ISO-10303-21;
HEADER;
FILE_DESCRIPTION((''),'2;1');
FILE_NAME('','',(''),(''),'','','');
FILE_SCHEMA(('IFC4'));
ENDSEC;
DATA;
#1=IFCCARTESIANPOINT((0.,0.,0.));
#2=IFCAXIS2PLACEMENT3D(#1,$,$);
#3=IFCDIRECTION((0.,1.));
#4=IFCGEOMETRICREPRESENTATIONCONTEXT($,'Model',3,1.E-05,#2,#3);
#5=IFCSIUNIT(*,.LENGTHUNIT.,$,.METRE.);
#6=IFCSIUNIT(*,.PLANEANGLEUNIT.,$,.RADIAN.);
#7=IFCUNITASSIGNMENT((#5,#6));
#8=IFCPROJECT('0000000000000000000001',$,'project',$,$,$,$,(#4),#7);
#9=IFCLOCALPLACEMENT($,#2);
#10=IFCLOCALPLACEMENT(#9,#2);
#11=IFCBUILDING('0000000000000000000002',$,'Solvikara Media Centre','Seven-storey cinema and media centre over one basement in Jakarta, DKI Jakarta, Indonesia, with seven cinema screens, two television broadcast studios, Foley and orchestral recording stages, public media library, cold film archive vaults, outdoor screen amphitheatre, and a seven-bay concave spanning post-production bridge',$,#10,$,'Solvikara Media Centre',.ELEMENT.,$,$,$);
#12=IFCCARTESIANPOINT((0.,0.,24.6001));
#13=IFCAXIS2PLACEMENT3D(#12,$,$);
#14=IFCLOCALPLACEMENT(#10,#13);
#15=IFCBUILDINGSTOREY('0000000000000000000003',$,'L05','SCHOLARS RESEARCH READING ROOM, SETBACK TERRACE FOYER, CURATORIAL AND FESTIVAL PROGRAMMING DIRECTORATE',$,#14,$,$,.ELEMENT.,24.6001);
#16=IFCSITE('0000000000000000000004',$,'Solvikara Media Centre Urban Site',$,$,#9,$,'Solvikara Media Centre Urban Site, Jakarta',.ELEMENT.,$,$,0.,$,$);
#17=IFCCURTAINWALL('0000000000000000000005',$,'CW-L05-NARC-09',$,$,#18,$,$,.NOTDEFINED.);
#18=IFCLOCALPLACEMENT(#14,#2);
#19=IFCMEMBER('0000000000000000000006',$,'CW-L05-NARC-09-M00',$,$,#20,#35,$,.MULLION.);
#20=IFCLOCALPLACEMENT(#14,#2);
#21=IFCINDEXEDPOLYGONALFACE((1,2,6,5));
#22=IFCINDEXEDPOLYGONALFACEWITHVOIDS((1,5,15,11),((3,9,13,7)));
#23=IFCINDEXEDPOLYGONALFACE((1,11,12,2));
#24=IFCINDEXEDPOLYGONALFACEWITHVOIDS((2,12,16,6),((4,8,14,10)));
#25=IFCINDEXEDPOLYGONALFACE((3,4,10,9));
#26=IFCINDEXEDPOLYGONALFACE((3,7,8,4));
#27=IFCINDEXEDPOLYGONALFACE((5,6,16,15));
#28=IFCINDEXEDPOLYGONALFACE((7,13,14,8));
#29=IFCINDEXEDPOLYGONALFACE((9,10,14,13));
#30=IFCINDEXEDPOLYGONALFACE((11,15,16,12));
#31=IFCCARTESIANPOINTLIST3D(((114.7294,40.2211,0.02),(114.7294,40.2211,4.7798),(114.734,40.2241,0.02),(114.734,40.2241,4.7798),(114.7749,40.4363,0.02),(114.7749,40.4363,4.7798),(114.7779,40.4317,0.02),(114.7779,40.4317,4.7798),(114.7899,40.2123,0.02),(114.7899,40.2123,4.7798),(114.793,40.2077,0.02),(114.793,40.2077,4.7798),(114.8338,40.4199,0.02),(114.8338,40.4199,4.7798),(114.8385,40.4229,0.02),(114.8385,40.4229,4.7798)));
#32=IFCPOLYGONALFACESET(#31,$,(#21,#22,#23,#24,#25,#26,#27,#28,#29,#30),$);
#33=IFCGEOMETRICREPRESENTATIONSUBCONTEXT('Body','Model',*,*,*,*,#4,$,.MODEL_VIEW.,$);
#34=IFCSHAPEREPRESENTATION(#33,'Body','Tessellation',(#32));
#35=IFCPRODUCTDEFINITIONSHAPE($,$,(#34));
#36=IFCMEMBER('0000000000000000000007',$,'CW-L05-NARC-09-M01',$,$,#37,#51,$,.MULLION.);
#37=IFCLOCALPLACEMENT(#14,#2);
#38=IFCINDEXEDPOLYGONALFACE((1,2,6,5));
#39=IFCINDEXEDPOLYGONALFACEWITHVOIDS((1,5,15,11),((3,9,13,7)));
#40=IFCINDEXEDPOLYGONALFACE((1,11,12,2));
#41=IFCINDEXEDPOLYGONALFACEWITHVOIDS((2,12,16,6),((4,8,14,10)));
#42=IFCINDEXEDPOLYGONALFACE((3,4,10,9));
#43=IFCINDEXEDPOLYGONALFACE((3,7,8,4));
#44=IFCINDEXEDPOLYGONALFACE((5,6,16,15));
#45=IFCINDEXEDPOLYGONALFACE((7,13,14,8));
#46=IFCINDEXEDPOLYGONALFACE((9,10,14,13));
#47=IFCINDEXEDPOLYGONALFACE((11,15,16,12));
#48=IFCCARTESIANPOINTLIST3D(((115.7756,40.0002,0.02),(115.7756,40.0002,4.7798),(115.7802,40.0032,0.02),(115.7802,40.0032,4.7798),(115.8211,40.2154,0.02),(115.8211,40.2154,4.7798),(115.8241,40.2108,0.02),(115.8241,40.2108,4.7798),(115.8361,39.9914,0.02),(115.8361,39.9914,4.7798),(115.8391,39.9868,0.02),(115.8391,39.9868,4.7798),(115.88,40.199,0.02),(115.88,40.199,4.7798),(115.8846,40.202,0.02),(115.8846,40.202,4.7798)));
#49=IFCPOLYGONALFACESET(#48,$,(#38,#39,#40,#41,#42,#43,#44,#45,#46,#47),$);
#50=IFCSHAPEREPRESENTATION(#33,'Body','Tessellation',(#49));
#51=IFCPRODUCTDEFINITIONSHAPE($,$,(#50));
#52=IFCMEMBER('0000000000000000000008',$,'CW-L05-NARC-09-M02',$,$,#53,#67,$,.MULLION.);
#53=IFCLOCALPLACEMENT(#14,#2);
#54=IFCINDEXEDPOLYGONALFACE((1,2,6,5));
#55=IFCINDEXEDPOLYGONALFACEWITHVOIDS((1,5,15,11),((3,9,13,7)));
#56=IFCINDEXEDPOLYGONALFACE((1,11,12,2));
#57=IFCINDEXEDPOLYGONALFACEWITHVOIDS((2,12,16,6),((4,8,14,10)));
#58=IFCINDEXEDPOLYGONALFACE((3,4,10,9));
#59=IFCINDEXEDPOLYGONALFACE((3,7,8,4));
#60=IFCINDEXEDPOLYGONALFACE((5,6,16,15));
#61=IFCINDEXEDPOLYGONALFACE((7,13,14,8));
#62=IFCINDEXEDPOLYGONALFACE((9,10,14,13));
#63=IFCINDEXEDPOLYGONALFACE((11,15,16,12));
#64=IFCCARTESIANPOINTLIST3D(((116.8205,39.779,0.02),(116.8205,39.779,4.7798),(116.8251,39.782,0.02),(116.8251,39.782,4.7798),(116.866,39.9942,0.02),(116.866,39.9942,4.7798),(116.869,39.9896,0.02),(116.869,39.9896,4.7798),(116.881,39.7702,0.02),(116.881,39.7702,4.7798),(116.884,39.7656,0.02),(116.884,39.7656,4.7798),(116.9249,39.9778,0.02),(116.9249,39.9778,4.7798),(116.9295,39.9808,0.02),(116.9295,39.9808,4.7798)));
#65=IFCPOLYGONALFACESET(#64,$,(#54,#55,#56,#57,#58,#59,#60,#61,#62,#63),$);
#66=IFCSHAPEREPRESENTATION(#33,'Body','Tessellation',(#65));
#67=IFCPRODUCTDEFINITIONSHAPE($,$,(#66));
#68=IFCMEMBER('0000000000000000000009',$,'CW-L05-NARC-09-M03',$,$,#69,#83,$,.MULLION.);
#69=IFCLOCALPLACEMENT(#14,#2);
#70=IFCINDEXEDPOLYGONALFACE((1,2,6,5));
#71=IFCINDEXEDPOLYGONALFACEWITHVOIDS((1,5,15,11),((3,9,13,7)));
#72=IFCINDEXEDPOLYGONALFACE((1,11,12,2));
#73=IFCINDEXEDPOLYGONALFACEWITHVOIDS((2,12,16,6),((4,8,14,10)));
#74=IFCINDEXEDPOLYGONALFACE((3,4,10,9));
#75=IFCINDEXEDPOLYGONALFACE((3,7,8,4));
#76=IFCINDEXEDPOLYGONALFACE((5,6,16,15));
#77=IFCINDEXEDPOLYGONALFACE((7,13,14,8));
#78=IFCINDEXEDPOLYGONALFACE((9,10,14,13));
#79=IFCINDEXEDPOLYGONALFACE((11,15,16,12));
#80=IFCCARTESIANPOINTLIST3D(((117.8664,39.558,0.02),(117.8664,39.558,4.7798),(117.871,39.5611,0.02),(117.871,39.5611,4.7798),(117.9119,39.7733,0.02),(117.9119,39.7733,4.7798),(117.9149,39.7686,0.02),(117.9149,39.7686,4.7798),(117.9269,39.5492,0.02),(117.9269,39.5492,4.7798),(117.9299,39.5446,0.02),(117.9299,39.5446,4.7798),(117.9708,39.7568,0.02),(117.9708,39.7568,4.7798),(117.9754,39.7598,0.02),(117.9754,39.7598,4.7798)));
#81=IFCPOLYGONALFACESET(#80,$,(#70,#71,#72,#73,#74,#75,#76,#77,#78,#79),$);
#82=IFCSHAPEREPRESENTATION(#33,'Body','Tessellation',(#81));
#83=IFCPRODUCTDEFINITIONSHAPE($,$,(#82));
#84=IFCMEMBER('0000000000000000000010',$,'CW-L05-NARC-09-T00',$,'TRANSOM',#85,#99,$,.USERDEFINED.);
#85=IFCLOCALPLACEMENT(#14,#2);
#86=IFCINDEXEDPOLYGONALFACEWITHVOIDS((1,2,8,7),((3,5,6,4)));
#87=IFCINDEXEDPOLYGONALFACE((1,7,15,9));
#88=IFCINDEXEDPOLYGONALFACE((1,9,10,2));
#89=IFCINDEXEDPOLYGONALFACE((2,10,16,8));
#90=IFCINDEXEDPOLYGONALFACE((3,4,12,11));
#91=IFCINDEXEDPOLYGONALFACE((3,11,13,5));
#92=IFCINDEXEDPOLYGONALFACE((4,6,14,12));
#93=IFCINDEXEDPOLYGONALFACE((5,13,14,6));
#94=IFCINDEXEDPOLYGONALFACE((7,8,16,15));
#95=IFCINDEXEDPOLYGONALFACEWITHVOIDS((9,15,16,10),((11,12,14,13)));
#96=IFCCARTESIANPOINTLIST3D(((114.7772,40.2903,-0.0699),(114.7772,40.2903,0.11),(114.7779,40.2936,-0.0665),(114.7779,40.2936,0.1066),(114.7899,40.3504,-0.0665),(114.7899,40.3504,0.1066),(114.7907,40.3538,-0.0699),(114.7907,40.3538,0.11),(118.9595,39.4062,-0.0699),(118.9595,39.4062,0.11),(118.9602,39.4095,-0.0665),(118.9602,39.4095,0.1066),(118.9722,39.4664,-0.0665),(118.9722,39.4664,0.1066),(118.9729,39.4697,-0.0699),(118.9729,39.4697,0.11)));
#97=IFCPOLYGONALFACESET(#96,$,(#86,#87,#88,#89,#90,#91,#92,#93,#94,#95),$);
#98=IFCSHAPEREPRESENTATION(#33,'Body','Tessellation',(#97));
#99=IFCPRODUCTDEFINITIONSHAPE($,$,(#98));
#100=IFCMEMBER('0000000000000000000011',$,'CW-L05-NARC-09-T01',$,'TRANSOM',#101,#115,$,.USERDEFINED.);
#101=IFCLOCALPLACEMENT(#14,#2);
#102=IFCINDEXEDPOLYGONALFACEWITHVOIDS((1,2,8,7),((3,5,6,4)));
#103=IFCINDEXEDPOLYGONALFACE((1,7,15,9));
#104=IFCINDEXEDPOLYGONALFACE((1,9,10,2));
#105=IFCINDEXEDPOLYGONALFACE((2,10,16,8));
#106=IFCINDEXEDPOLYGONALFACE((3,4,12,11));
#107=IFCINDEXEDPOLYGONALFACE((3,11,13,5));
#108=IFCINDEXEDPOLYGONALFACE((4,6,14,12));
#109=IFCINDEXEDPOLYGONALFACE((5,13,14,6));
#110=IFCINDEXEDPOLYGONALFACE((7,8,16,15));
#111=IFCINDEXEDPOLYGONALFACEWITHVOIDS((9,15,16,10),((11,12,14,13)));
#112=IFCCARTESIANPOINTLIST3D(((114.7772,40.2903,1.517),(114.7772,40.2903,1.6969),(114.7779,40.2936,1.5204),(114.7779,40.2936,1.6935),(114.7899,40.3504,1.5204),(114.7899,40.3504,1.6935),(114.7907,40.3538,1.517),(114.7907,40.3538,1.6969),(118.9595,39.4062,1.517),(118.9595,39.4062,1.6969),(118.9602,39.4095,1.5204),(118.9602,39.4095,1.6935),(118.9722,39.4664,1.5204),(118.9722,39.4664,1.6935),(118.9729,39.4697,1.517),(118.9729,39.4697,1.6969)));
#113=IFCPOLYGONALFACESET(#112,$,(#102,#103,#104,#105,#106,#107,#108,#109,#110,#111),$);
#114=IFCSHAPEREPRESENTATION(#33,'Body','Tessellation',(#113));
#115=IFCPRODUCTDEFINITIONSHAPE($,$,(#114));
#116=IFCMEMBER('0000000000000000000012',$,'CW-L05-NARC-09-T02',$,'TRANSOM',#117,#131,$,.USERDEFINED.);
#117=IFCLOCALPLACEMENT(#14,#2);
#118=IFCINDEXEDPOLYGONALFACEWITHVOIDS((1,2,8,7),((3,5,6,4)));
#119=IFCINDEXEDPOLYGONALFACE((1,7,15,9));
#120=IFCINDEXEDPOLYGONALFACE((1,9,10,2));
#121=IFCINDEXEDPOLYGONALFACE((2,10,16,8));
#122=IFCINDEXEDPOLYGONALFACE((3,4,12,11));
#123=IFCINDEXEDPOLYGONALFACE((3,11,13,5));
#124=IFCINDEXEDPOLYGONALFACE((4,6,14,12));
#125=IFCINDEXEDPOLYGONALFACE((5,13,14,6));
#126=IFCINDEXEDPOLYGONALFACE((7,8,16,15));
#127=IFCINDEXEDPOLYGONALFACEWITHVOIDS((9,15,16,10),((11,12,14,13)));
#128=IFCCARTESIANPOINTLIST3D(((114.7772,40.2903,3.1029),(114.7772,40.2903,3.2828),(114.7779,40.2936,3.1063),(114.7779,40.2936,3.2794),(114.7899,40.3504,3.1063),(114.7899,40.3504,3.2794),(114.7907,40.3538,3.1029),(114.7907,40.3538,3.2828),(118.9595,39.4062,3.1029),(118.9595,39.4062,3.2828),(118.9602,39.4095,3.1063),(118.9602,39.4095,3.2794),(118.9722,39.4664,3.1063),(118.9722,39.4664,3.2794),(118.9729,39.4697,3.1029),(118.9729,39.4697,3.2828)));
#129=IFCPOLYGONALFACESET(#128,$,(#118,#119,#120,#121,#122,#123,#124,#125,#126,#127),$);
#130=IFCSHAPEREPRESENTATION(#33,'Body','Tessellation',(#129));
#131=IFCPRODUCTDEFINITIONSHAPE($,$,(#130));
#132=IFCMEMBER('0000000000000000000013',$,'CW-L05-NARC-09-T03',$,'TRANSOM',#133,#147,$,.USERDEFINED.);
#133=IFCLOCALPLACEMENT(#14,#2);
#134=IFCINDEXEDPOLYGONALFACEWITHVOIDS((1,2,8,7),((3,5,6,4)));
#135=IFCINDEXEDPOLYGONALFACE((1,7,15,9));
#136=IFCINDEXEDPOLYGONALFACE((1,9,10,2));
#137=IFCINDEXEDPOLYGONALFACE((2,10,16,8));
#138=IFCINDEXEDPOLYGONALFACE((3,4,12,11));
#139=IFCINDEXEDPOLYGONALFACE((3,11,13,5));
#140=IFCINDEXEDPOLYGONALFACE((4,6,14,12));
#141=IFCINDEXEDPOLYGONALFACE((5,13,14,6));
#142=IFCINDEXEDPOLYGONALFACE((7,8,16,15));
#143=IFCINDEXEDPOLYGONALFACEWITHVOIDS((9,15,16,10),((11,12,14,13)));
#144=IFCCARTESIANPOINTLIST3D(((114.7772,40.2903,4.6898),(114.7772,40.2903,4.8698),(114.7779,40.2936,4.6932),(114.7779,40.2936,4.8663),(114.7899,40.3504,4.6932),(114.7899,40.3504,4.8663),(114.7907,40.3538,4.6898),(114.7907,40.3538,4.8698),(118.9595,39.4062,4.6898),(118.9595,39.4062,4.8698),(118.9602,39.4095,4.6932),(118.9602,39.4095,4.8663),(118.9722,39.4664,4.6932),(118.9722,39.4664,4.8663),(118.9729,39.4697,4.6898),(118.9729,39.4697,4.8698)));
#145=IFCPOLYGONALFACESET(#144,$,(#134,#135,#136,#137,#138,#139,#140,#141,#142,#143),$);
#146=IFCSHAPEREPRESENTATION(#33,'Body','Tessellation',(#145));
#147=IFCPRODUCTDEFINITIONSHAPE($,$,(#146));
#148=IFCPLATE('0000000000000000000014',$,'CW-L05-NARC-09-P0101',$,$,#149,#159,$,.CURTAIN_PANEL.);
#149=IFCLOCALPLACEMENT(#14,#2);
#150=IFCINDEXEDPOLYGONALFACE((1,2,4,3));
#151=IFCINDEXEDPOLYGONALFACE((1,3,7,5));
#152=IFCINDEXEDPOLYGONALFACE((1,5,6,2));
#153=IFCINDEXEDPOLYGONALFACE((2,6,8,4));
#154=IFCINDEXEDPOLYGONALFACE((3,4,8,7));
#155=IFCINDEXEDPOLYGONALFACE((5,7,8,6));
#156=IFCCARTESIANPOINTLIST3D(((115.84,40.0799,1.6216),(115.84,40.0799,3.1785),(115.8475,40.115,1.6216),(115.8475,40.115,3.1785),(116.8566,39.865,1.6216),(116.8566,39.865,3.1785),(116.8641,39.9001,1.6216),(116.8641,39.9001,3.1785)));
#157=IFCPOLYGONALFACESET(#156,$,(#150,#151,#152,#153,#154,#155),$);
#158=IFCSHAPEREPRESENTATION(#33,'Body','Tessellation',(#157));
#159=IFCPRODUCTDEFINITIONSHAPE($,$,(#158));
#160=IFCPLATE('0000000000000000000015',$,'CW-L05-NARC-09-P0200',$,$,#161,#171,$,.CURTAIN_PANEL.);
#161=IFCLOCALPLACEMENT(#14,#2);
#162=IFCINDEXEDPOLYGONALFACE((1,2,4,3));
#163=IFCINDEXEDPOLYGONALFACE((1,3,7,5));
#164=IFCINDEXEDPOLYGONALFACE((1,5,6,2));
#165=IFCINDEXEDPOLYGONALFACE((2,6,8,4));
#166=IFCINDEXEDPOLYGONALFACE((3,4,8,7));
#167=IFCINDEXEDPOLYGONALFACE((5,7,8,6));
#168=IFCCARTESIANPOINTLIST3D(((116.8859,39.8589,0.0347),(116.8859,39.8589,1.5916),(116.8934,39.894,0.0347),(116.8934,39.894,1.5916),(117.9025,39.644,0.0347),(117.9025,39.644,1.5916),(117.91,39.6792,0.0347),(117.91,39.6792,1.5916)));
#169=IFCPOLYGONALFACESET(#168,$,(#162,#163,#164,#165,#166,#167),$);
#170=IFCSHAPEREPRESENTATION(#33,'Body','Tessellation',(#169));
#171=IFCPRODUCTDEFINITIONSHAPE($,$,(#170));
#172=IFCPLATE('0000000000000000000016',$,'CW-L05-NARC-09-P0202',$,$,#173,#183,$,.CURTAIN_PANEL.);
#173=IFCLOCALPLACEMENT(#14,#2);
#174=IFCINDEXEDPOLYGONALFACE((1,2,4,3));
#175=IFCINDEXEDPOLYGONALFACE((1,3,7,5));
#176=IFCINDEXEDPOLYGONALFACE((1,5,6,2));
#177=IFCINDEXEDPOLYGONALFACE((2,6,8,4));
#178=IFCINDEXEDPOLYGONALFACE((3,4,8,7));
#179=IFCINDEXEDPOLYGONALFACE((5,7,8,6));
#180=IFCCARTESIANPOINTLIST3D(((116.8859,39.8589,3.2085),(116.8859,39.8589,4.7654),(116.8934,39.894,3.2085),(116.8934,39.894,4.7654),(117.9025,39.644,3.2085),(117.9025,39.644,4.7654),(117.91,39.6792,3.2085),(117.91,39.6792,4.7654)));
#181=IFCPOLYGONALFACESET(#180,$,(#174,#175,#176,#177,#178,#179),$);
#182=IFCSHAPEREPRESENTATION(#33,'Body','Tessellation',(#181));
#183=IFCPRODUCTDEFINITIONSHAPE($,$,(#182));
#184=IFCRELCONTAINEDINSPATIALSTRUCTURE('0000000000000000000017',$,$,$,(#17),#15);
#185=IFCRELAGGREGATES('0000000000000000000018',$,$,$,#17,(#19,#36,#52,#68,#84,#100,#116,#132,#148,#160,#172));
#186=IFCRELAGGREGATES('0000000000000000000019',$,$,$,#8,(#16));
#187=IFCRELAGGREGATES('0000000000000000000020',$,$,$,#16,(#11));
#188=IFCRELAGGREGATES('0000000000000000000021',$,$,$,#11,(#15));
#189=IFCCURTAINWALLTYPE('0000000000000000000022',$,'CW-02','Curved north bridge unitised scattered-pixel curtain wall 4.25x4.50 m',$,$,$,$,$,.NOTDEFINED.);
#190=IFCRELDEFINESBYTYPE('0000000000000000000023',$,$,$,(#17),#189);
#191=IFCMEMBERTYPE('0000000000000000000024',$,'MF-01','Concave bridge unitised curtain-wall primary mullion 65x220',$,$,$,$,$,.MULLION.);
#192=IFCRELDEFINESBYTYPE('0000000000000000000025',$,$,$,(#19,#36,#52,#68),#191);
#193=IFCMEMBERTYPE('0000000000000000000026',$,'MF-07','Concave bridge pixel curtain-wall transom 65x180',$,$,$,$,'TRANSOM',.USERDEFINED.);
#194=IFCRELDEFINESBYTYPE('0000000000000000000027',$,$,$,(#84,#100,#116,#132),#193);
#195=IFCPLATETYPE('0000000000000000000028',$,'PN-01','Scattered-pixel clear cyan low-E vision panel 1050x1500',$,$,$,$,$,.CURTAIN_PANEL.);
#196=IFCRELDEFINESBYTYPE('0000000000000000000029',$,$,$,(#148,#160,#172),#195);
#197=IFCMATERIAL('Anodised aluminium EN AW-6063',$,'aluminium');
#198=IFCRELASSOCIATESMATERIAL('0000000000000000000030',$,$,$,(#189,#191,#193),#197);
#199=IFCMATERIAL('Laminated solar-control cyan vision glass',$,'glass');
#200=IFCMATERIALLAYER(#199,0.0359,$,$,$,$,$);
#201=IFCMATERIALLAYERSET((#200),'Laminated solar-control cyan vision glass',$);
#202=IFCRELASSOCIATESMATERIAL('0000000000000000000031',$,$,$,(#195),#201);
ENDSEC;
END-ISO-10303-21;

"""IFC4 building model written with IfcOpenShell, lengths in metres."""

from ifc_helpers import new_model, si_unit, direction, frame, origin, origin_2d, place, context, subcontext, project, spatial, rectangle, hollow_rectangle, extrude, material, layer, layer_set, material_profile, profile_set, type_object, element, aggregate, save


model = new_model("IFC4")

# Units and contexts
model_context = context("Model", 3, precision=1e-05, world=origin(), true_north=direction((0.0, 1.0)))
body_context = subcontext(model_context, "Body", "Model", "MODEL_VIEW")
ifc_project = project(units=[si_unit("LENGTHUNIT", "METRE"), si_unit("PLANEANGLEUNIT", "RADIAN")], contexts=[model_context])

# Site, building, storey
site_placement = place(None, origin())
site = spatial("IfcSite", under=ifc_project, at=site_placement, Name="Solvikara Media Centre Urban Site", LongName="Solvikara Media Centre Urban Site, Jakarta", CompositionType="ELEMENT", RefElevation=0.0)
building_placement = place(site_placement, origin())
building = spatial("IfcBuilding", under=site, at=building_placement, Name="Solvikara Media Centre", Description="Seven-storey cinema and media centre over one basement in Jakarta, DKI Jakarta, Indonesia, with seven cinema screens, two television broadcast studios, Foley and orchestral recording stages, public media library, cold film archive vaults, outdoor screen amphitheatre, and a seven-bay concave spanning post-production bridge", LongName="Solvikara Media Centre", CompositionType="ELEMENT")
storey_placement = place(building_placement, frame((0.0, 0.0, 24.6001)))
storey = spatial("IfcBuildingStorey", under=building, at=storey_placement, Name="L05", Description="SCHOLARS RESEARCH READING ROOM, SETBACK TERRACE FOYER, CURATORIAL AND FESTIVAL PROGRAMMING DIRECTORATE", CompositionType="ELEMENT", Elevation=24.6001)

# Curtain wall, members, plates
ifc_material_1 = material(Name="Anodised aluminium EN AW-6063", Category="aluminium")
curtain_wall_type = type_object("IfcCurtainWallType", Name="CW-02", Description="Curved north bridge unitised scattered-pixel curtain wall 4.25x4.50 m", PredefinedType="NOTDEFINED", material=ifc_material_1)
curtain_wall_placement = place(storey_placement, origin())
curtain_wall = element("IfcCurtainWall", 1, at=curtain_wall_placement, inside=storey, type_object=curtain_wall_type, Name="CW-L05-NARC-09", PredefinedType="NOTDEFINED")
ifc_material_profile_1 = material_profile(ifc_material_1, hollow_rectangle(XDim=0.0649, YDim=0.22, WallThickness=0.0039, at=origin_2d()), Name="ALU-M 65x220x4")
ifc_profile_set_1 = profile_set([ifc_material_profile_1], Name="Anodised aluminium EN AW-6063")
member_type_1 = type_object("IfcMemberType", Name="MF-01", Description="Concave bridge unitised curtain-wall primary mullion 65x220", PredefinedType="MULLION", material=ifc_profile_set_1)
member_1_placement = place(storey_placement, frame((114.7839, 40.322, 0.02), z_axis=(0.0, 0.0, 1.0), x_axis=(0.978379, -0.206819, 0.0)))
member_1 = element("IfcMember", 2, at=member_1_placement, type_object=member_type_1, Name="CW-L05-NARC-09-M00", PredefinedType="MULLION", context=body_context, shape_type="SweptSolid", body=[
    extrude(hollow_rectangle(XDim=0.0649, YDim=0.22, WallThickness=0.0039, at=origin_2d()), origin(), (0.0, 0.0, 1.0), 4.7598),
])
member_2_placement = place(storey_placement, frame((115.8301, 40.1011, 0.02), z_axis=(0.0, 0.0, 1.0), x_axis=(0.978379, -0.206819, 0.0)))
member_2 = element("IfcMember", 3, at=member_2_placement, type_object=member_type_1, Name="CW-L05-NARC-09-M01", PredefinedType="MULLION", context=body_context, shape_type="SweptSolid", body=[
    extrude(hollow_rectangle(XDim=0.0649, YDim=0.22, WallThickness=0.0039, at=origin_2d()), origin(), (0.0, 0.0, 1.0), 4.7598),
])
member_3_placement = place(storey_placement, frame((116.875, 39.8799, 0.02), z_axis=(0.0, 0.0, 1.0), x_axis=(0.978379, -0.206819, 0.0)))
member_3 = element("IfcMember", 4, at=member_3_placement, type_object=member_type_1, Name="CW-L05-NARC-09-M02", PredefinedType="MULLION", context=body_context, shape_type="SweptSolid", body=[
    extrude(hollow_rectangle(XDim=0.0649, YDim=0.22, WallThickness=0.0039, at=origin_2d()), origin(), (0.0, 0.0, 1.0), 4.7598),
])
member_4_placement = place(storey_placement, frame((117.9209, 39.6589, 0.02), z_axis=(0.0, 0.0, 1.0), x_axis=(0.978379, -0.206819, 0.0)))
member_4 = element("IfcMember", 5, at=member_4_placement, type_object=member_type_1, Name="CW-L05-NARC-09-M03", PredefinedType="MULLION", context=body_context, shape_type="SweptSolid", body=[
    extrude(hollow_rectangle(XDim=0.0649, YDim=0.22, WallThickness=0.0039, at=origin_2d()), origin(), (0.0, 0.0, 1.0), 4.7598),
])
ifc_material_profile_2 = material_profile(ifc_material_1, hollow_rectangle(XDim=0.0649, YDim=0.1799, WallThickness=0.0034, at=origin_2d()), Name="ALU-T 65x180x3.5")
ifc_profile_set_2 = profile_set([ifc_material_profile_2], Name="Anodised aluminium EN AW-6063")
member_type_2 = type_object("IfcMemberType", Name="MF-07", Description="Concave bridge pixel curtain-wall transom 65x180", ElementType="TRANSOM", PredefinedType="USERDEFINED", material=ifc_profile_set_2)
member_5_placement = place(storey_placement, frame((114.7839, 40.322, 0.02), z_axis=(0.97838, -0.206814, 0.0), x_axis=(0.206814, 0.97838, 0.0)))
member_5 = element("IfcMember", 6, at=member_5_placement, type_object=member_type_2, Name="CW-L05-NARC-09-T00", ObjectType="TRANSOM", PredefinedType="USERDEFINED", context=body_context, shape_type="SweptSolid", body=[
    extrude(hollow_rectangle(XDim=0.0649, YDim=0.1799, WallThickness=0.0034, at=origin_2d()), origin(), (0.0, 0.0, 1.0), 4.2747),
])
member_6_placement = place(storey_placement, frame((114.7839, 40.322, 1.6069), z_axis=(0.97838, -0.206814, 0.0), x_axis=(0.206814, 0.97838, 0.0)))
member_6 = element("IfcMember", 7, at=member_6_placement, type_object=member_type_2, Name="CW-L05-NARC-09-T01", ObjectType="TRANSOM", PredefinedType="USERDEFINED", context=body_context, shape_type="SweptSolid", body=[
    extrude(hollow_rectangle(XDim=0.0649, YDim=0.1799, WallThickness=0.0034, at=origin_2d()), origin(), (0.0, 0.0, 1.0), 4.2747),
])
member_7_placement = place(storey_placement, frame((114.7839, 40.322, 3.1929), z_axis=(0.97838, -0.206814, 0.0), x_axis=(0.206814, 0.97838, 0.0)))
member_7 = element("IfcMember", 8, at=member_7_placement, type_object=member_type_2, Name="CW-L05-NARC-09-T02", ObjectType="TRANSOM", PredefinedType="USERDEFINED", context=body_context, shape_type="SweptSolid", body=[
    extrude(hollow_rectangle(XDim=0.0649, YDim=0.1799, WallThickness=0.0034, at=origin_2d()), origin(), (0.0, 0.0, 1.0), 4.2747),
])
member_8_placement = place(storey_placement, frame((114.7839, 40.322, 4.7798), z_axis=(0.97838, -0.206814, 0.0), x_axis=(0.206814, 0.97838, 0.0)))
member_8 = element("IfcMember", 9, at=member_8_placement, type_object=member_type_2, Name="CW-L05-NARC-09-T03", ObjectType="TRANSOM", PredefinedType="USERDEFINED", context=body_context, shape_type="SweptSolid", body=[
    extrude(hollow_rectangle(XDim=0.0649, YDim=0.1799, WallThickness=0.0034, at=origin_2d()), origin(), (0.0, 0.0, 1.0), 4.2747),
])
ifc_material_2 = material(Name="Laminated solar-control cyan vision glass", Category="glass")
ifc_layer_1 = layer(ifc_material_2, 0.0359)
ifc_layer_set_1 = layer_set([ifc_layer_1], Name="Laminated solar-control cyan vision glass")
plate_type_1 = type_object("IfcPlateType", Name="PN-01", Description="Scattered-pixel clear cyan low-E vision panel 1050x1500", PredefinedType="CURTAIN_PANEL", material=ifc_layer_set_1)
plate_1_placement = place(storey_placement, frame((116.3521, 39.99, 1.6216), z_axis=(0.0, 0.0, 1.0), x_axis=(0.978379, -0.206819, 0.0)))
plate_1 = element("IfcPlate", 10, at=plate_1_placement, type_object=plate_type_1, Name="CW-L05-NARC-09-P0101", PredefinedType="CURTAIN_PANEL", context=body_context, shape_type="SweptSolid", body=[
    extrude(rectangle(XDim=1.0391, YDim=0.0359, at=origin_2d()), origin(), (0.0, 0.0, 1.0), 1.5569),
])
plate_2_placement = place(storey_placement, frame((117.3979, 39.769, 0.0347), z_axis=(0.0, 0.0, 1.0), x_axis=(0.978379, -0.206819, 0.0)))
plate_2 = element("IfcPlate", 11, at=plate_2_placement, type_object=plate_type_1, Name="CW-L05-NARC-09-P0200", PredefinedType="CURTAIN_PANEL", context=body_context, shape_type="SweptSolid", body=[
    extrude(rectangle(XDim=1.0391, YDim=0.0359, at=origin_2d()), origin(), (0.0, 0.0, 1.0), 1.5569),
])
plate_3_placement = place(storey_placement, frame((117.3979, 39.769, 3.2085), z_axis=(0.0, 0.0, 1.0), x_axis=(0.978379, -0.206819, 0.0)))
plate_3 = element("IfcPlate", 12, at=plate_3_placement, type_object=plate_type_1, Name="CW-L05-NARC-09-P0202", PredefinedType="CURTAIN_PANEL", context=body_context, shape_type="SweptSolid", body=[
    extrude(rectangle(XDim=1.0391, YDim=0.0359, at=origin_2d()), origin(), (0.0, 0.0, 1.0), 1.5569),
])
aggregate(curtain_wall, [member_1, member_2, member_3, member_4, member_5, member_6, member_7, member_8, plate_1, plate_2, plate_3])

save(model, "model.ifc")
